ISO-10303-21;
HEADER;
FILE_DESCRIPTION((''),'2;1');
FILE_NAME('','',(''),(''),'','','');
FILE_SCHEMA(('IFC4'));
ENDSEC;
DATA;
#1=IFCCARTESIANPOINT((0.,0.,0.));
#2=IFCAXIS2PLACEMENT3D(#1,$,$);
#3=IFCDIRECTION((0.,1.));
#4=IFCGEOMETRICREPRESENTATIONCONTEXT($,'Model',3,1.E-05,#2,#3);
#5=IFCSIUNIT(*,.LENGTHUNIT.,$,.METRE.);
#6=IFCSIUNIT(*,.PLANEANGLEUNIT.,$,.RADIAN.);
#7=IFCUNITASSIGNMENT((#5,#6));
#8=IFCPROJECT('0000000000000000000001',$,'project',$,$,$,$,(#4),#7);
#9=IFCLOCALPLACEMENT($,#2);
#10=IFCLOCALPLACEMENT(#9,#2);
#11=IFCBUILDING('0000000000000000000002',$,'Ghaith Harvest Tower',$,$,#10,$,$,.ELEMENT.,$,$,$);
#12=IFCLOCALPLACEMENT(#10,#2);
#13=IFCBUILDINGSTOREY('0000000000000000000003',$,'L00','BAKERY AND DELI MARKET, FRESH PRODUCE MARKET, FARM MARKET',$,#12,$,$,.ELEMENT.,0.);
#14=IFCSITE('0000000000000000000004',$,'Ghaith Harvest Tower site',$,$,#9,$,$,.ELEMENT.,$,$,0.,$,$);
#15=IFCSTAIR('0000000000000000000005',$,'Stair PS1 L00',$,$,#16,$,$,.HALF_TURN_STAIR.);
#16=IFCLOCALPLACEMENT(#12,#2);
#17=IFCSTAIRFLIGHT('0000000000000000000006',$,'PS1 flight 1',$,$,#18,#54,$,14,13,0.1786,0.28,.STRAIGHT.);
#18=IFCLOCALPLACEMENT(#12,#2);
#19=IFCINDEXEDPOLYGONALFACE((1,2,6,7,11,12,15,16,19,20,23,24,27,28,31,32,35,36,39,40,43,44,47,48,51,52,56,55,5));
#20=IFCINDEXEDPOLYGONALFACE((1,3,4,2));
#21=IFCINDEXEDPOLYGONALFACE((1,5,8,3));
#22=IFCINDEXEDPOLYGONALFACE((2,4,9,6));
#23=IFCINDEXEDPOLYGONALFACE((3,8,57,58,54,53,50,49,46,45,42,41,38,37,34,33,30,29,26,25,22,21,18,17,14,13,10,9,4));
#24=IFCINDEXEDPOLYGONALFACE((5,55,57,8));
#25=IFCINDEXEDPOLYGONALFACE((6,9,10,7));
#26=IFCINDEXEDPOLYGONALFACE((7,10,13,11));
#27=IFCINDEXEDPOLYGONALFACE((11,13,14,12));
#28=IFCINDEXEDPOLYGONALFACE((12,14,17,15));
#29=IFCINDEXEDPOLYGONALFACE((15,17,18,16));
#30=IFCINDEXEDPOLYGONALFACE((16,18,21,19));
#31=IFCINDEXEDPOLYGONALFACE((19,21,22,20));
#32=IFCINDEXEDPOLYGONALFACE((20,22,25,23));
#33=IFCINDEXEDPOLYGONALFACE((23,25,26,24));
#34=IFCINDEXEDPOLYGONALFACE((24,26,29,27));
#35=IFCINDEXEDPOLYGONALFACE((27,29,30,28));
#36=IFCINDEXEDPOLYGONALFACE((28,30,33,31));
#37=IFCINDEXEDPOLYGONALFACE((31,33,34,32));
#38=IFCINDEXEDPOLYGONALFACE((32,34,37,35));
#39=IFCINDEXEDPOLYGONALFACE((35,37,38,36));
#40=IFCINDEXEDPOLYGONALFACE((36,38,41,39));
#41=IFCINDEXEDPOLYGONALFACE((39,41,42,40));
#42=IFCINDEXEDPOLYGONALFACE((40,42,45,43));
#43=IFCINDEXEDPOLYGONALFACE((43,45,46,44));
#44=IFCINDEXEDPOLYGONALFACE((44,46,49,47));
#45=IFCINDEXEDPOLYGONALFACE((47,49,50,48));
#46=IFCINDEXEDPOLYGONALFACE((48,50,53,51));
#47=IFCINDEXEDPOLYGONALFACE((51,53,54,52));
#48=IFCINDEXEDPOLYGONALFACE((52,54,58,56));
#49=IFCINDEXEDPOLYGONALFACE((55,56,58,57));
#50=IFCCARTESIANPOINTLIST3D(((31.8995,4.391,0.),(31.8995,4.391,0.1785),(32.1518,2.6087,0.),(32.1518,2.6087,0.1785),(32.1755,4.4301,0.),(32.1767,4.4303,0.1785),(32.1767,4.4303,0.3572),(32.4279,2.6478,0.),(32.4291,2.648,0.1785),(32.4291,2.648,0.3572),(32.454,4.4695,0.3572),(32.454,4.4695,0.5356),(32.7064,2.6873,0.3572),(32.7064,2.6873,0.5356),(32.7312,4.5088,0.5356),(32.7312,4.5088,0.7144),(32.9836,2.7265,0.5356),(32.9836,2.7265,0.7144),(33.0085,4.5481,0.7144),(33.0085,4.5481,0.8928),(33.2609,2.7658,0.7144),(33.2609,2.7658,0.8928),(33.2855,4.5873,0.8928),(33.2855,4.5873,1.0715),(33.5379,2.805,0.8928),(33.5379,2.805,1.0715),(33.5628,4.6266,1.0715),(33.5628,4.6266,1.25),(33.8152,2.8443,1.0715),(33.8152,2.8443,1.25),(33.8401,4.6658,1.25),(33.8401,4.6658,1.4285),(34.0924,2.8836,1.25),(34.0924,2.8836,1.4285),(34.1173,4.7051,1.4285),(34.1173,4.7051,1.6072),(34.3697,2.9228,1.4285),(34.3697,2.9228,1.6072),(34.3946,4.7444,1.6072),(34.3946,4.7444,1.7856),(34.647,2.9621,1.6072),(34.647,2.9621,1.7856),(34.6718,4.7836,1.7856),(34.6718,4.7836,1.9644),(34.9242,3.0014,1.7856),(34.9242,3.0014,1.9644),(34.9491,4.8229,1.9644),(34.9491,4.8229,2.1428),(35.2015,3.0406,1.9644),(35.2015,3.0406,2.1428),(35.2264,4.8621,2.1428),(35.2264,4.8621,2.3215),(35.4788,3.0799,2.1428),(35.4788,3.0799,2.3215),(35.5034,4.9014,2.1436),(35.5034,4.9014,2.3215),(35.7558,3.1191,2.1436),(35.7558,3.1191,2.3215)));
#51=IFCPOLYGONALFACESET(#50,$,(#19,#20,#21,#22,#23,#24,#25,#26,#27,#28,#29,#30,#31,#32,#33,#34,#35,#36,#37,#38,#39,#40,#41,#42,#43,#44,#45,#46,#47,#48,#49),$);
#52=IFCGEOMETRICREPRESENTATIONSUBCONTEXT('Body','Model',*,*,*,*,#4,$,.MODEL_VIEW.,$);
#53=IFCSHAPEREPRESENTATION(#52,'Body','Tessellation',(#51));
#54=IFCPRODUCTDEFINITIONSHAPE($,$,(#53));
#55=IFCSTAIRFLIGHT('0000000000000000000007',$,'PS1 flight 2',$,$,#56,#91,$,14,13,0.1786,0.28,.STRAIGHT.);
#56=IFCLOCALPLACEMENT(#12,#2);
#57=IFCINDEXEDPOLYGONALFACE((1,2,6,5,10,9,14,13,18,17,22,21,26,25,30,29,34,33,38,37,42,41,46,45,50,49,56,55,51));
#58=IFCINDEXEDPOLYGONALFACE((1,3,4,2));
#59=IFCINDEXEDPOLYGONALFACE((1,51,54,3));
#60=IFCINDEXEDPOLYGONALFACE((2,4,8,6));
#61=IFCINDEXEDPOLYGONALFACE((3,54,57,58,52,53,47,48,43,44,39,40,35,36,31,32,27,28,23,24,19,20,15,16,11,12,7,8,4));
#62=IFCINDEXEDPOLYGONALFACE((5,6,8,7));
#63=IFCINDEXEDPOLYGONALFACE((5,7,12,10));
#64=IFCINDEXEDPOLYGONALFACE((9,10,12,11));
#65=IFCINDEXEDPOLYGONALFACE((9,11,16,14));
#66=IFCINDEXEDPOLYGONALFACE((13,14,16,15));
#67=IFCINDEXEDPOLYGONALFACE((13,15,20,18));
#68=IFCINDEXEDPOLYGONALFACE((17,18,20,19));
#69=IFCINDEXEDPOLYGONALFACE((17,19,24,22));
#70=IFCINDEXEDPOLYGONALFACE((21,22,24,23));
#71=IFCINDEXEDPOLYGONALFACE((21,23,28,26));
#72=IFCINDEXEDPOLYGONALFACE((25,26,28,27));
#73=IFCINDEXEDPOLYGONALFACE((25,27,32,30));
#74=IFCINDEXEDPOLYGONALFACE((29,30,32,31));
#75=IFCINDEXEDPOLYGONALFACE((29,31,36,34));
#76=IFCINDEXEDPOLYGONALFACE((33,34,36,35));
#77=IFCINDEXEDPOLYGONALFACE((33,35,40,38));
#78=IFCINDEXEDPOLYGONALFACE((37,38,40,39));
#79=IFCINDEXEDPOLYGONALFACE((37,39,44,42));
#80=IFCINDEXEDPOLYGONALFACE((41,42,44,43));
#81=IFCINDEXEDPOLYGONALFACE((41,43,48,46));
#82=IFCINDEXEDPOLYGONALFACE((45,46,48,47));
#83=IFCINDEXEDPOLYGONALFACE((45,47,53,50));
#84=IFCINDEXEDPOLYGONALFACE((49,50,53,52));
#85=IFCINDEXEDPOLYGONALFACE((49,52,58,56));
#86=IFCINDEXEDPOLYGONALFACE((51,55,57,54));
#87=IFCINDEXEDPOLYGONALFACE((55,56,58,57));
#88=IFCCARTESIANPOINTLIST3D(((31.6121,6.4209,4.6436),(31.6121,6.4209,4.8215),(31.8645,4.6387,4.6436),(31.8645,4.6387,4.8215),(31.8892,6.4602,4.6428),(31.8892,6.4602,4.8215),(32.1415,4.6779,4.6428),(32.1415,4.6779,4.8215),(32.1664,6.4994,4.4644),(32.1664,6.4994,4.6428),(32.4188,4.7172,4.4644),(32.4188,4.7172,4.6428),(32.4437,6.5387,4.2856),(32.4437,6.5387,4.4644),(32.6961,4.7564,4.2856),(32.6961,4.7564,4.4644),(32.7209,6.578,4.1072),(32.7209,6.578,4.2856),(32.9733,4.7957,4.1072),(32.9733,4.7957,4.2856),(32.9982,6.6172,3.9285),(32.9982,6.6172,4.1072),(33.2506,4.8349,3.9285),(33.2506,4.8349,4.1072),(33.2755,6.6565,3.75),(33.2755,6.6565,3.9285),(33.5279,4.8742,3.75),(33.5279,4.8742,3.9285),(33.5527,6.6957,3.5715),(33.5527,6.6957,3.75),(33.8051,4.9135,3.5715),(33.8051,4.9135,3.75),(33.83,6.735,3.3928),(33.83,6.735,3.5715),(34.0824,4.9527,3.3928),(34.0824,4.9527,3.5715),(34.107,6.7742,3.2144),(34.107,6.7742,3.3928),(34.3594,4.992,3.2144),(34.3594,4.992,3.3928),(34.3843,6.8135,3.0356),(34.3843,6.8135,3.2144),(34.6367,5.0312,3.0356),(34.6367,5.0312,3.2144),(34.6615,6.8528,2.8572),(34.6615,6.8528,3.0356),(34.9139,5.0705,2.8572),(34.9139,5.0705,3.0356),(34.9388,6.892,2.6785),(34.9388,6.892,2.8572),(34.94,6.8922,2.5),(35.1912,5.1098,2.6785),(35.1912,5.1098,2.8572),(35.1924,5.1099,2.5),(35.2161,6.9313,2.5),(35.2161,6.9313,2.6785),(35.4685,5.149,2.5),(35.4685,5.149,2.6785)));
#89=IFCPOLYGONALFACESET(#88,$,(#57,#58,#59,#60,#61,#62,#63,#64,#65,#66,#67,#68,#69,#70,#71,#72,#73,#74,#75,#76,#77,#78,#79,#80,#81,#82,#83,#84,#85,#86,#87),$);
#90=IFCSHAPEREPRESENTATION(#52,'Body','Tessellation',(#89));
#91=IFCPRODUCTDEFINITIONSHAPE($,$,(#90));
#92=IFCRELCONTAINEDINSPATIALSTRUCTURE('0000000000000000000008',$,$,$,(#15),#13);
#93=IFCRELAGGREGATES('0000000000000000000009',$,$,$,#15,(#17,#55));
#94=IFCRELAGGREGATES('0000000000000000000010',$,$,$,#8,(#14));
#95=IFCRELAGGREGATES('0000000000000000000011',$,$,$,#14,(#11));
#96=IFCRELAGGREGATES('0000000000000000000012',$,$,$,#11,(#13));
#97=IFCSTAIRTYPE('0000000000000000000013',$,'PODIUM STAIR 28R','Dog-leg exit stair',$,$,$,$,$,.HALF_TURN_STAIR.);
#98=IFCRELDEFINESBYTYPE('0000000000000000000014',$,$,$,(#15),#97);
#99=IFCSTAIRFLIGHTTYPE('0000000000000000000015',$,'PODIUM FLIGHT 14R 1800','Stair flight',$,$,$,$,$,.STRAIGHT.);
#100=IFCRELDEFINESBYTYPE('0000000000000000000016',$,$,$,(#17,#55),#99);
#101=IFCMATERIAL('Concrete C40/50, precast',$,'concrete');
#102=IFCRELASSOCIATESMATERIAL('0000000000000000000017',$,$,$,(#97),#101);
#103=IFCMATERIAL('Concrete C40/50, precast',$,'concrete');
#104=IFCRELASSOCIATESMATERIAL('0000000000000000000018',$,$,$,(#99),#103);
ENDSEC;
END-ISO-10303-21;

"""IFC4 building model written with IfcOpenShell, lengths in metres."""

from ifc_helpers import new_model, si_unit, direction, frame, origin, place, context, subcontext, project, spatial, polyline, outline, extrude, material, type_object, element, aggregate, save


model = new_model("IFC4")

# Units and contexts
model_context = context("Model", 3, precision=1e-05, world=origin(), true_north=direction((0.0, 1.0)))
body_context = subcontext(model_context, "Body", "Model", "MODEL_VIEW")
ifc_project = project(units=[si_unit("LENGTHUNIT", "METRE"), si_unit("PLANEANGLEUNIT", "RADIAN")], contexts=[model_context])

# Site, building, storey
site_placement = place(None, origin())
site = spatial("IfcSite", under=ifc_project, at=site_placement, Name="Ghaith Harvest Tower site", CompositionType="ELEMENT", RefElevation=0.0)
building_placement = place(site_placement, origin())
building = spatial("IfcBuilding", under=site, at=building_placement, Name="Ghaith Harvest Tower", CompositionType="ELEMENT")
storey_placement = place(building_placement, origin())
storey = spatial("IfcBuildingStorey", under=building, at=storey_placement, Name="L00", Description="BAKERY AND DELI MARKET, FRESH PRODUCE MARKET, FARM MARKET", CompositionType="ELEMENT", Elevation=0.0)

# Stair, stair flights
ifc_material_1 = material(Name="Concrete C40/50, precast", Category="concrete")
stair_type = type_object("IfcStairType", Name="PODIUM STAIR 28R", Description="Dog-leg exit stair", PredefinedType="HALF_TURN_STAIR", material=ifc_material_1)
stair_placement = place(storey_placement, origin())
stair = element("IfcStair", 1, at=stair_placement, inside=storey, type_object=stair_type, Name="Stair PS1 L00", PredefinedType="HALF_TURN_STAIR")
ifc_material_2 = material(Name="Concrete C40/50, precast", Category="concrete")
stair_flight_type = type_object("IfcStairFlightType", Name="PODIUM FLIGHT 14R 1800", Description="Stair flight", PredefinedType="STRAIGHT", material=ifc_material_2)
stair_flight_1_placement = place(storey_placement, frame((32.0256, 3.5, 0.0), z_axis=(0.0, 0.0, 1.0), x_axis=(0.990121, 0.140213, 0.0)))
stair_flight_1 = element("IfcStairFlight", 2, at=stair_flight_1_placement, type_object=stair_flight_type, Name="PS1 flight 1", NumberOfRisers=14, NumberOfTreads=13, PredefinedType="STRAIGHT", RiserHeight=0.1786, TreadLength=0.28, context=body_context, shape_type="SweptSolid", body=[
    extrude(outline(polyline([(0.0, 0.0), (0.0, 0.1785), (0.28, 0.1785), (0.28, 0.3572), (0.5601, 0.3572), (0.5601, 0.5356), (0.8401, 0.5356), (0.8401, 0.7144), (1.1201, 0.7144), (1.1201, 0.8928), (1.3999, 0.8928), (1.3999, 1.0715), (1.6799, 1.0715), (1.6799, 1.25), (1.96, 1.25), (1.96, 1.4285), (2.24, 1.4285), (2.24, 1.6072), (2.52, 1.6072), (2.52, 1.7856), (2.8, 1.7856), (2.8, 1.9644), (3.0801, 1.9644), (3.0801, 2.1428), (3.3601, 2.1428), (3.3601, 2.3215), (3.6399, 2.3215), (3.6399, 2.5), (3.6399, 2.1436), (0.2788, 0.0), (0.0, 0.0)])), frame((0.0, 0.8999, 0.0), z_axis=(0.0, -1.0, 0.0), x_axis=(1.0, 0.0, 0.0)), (0.0, 0.0, 1.0), 1.8),
])
stair_flight_2_placement = place(storey_placement, frame((35.3423, 6.04, 2.5), z_axis=(0.0, 0.0, 1.0), x_axis=(-0.990121, -0.140213, 0.0)))
stair_flight_2 = element("IfcStairFlight", 3, at=stair_flight_2_placement, type_object=stair_flight_type, Name="PS1 flight 2", NumberOfRisers=14, NumberOfTreads=13, PredefinedType="STRAIGHT", RiserHeight=0.1786, TreadLength=0.28, context=body_context, shape_type="SweptSolid", body=[
    extrude(outline(polyline([(0.0, 0.0), (0.0, 0.1785), (0.28, 0.1785), (0.28, 0.3572), (0.5601, 0.3572), (0.5601, 0.5356), (0.8401, 0.5356), (0.8401, 0.7144), (1.1201, 0.7144), (1.1201, 0.8928), (1.3999, 0.8928), (1.3999, 1.0715), (1.6799, 1.0715), (1.6799, 1.25), (1.96, 1.25), (1.96, 1.4285), (2.24, 1.4285), (2.24, 1.6072), (2.52, 1.6072), (2.52, 1.7856), (2.8, 1.7856), (2.8, 1.9644), (3.0801, 1.9644), (3.0801, 2.1428), (3.3601, 2.1428), (3.3601, 2.3215), (3.6399, 2.3215), (3.6399, 2.5), (3.6399, 2.1436), (0.2788, 0.0), (0.0, 0.0)])), frame((0.0, 0.8999, 0.0), z_axis=(0.0, -1.0, 0.0), x_axis=(1.0, 0.0, 0.0)), (0.0, 0.0, 1.0), 1.8),
])
aggregate(stair, [stair_flight_1, stair_flight_2])

save(model, "model.ifc")
